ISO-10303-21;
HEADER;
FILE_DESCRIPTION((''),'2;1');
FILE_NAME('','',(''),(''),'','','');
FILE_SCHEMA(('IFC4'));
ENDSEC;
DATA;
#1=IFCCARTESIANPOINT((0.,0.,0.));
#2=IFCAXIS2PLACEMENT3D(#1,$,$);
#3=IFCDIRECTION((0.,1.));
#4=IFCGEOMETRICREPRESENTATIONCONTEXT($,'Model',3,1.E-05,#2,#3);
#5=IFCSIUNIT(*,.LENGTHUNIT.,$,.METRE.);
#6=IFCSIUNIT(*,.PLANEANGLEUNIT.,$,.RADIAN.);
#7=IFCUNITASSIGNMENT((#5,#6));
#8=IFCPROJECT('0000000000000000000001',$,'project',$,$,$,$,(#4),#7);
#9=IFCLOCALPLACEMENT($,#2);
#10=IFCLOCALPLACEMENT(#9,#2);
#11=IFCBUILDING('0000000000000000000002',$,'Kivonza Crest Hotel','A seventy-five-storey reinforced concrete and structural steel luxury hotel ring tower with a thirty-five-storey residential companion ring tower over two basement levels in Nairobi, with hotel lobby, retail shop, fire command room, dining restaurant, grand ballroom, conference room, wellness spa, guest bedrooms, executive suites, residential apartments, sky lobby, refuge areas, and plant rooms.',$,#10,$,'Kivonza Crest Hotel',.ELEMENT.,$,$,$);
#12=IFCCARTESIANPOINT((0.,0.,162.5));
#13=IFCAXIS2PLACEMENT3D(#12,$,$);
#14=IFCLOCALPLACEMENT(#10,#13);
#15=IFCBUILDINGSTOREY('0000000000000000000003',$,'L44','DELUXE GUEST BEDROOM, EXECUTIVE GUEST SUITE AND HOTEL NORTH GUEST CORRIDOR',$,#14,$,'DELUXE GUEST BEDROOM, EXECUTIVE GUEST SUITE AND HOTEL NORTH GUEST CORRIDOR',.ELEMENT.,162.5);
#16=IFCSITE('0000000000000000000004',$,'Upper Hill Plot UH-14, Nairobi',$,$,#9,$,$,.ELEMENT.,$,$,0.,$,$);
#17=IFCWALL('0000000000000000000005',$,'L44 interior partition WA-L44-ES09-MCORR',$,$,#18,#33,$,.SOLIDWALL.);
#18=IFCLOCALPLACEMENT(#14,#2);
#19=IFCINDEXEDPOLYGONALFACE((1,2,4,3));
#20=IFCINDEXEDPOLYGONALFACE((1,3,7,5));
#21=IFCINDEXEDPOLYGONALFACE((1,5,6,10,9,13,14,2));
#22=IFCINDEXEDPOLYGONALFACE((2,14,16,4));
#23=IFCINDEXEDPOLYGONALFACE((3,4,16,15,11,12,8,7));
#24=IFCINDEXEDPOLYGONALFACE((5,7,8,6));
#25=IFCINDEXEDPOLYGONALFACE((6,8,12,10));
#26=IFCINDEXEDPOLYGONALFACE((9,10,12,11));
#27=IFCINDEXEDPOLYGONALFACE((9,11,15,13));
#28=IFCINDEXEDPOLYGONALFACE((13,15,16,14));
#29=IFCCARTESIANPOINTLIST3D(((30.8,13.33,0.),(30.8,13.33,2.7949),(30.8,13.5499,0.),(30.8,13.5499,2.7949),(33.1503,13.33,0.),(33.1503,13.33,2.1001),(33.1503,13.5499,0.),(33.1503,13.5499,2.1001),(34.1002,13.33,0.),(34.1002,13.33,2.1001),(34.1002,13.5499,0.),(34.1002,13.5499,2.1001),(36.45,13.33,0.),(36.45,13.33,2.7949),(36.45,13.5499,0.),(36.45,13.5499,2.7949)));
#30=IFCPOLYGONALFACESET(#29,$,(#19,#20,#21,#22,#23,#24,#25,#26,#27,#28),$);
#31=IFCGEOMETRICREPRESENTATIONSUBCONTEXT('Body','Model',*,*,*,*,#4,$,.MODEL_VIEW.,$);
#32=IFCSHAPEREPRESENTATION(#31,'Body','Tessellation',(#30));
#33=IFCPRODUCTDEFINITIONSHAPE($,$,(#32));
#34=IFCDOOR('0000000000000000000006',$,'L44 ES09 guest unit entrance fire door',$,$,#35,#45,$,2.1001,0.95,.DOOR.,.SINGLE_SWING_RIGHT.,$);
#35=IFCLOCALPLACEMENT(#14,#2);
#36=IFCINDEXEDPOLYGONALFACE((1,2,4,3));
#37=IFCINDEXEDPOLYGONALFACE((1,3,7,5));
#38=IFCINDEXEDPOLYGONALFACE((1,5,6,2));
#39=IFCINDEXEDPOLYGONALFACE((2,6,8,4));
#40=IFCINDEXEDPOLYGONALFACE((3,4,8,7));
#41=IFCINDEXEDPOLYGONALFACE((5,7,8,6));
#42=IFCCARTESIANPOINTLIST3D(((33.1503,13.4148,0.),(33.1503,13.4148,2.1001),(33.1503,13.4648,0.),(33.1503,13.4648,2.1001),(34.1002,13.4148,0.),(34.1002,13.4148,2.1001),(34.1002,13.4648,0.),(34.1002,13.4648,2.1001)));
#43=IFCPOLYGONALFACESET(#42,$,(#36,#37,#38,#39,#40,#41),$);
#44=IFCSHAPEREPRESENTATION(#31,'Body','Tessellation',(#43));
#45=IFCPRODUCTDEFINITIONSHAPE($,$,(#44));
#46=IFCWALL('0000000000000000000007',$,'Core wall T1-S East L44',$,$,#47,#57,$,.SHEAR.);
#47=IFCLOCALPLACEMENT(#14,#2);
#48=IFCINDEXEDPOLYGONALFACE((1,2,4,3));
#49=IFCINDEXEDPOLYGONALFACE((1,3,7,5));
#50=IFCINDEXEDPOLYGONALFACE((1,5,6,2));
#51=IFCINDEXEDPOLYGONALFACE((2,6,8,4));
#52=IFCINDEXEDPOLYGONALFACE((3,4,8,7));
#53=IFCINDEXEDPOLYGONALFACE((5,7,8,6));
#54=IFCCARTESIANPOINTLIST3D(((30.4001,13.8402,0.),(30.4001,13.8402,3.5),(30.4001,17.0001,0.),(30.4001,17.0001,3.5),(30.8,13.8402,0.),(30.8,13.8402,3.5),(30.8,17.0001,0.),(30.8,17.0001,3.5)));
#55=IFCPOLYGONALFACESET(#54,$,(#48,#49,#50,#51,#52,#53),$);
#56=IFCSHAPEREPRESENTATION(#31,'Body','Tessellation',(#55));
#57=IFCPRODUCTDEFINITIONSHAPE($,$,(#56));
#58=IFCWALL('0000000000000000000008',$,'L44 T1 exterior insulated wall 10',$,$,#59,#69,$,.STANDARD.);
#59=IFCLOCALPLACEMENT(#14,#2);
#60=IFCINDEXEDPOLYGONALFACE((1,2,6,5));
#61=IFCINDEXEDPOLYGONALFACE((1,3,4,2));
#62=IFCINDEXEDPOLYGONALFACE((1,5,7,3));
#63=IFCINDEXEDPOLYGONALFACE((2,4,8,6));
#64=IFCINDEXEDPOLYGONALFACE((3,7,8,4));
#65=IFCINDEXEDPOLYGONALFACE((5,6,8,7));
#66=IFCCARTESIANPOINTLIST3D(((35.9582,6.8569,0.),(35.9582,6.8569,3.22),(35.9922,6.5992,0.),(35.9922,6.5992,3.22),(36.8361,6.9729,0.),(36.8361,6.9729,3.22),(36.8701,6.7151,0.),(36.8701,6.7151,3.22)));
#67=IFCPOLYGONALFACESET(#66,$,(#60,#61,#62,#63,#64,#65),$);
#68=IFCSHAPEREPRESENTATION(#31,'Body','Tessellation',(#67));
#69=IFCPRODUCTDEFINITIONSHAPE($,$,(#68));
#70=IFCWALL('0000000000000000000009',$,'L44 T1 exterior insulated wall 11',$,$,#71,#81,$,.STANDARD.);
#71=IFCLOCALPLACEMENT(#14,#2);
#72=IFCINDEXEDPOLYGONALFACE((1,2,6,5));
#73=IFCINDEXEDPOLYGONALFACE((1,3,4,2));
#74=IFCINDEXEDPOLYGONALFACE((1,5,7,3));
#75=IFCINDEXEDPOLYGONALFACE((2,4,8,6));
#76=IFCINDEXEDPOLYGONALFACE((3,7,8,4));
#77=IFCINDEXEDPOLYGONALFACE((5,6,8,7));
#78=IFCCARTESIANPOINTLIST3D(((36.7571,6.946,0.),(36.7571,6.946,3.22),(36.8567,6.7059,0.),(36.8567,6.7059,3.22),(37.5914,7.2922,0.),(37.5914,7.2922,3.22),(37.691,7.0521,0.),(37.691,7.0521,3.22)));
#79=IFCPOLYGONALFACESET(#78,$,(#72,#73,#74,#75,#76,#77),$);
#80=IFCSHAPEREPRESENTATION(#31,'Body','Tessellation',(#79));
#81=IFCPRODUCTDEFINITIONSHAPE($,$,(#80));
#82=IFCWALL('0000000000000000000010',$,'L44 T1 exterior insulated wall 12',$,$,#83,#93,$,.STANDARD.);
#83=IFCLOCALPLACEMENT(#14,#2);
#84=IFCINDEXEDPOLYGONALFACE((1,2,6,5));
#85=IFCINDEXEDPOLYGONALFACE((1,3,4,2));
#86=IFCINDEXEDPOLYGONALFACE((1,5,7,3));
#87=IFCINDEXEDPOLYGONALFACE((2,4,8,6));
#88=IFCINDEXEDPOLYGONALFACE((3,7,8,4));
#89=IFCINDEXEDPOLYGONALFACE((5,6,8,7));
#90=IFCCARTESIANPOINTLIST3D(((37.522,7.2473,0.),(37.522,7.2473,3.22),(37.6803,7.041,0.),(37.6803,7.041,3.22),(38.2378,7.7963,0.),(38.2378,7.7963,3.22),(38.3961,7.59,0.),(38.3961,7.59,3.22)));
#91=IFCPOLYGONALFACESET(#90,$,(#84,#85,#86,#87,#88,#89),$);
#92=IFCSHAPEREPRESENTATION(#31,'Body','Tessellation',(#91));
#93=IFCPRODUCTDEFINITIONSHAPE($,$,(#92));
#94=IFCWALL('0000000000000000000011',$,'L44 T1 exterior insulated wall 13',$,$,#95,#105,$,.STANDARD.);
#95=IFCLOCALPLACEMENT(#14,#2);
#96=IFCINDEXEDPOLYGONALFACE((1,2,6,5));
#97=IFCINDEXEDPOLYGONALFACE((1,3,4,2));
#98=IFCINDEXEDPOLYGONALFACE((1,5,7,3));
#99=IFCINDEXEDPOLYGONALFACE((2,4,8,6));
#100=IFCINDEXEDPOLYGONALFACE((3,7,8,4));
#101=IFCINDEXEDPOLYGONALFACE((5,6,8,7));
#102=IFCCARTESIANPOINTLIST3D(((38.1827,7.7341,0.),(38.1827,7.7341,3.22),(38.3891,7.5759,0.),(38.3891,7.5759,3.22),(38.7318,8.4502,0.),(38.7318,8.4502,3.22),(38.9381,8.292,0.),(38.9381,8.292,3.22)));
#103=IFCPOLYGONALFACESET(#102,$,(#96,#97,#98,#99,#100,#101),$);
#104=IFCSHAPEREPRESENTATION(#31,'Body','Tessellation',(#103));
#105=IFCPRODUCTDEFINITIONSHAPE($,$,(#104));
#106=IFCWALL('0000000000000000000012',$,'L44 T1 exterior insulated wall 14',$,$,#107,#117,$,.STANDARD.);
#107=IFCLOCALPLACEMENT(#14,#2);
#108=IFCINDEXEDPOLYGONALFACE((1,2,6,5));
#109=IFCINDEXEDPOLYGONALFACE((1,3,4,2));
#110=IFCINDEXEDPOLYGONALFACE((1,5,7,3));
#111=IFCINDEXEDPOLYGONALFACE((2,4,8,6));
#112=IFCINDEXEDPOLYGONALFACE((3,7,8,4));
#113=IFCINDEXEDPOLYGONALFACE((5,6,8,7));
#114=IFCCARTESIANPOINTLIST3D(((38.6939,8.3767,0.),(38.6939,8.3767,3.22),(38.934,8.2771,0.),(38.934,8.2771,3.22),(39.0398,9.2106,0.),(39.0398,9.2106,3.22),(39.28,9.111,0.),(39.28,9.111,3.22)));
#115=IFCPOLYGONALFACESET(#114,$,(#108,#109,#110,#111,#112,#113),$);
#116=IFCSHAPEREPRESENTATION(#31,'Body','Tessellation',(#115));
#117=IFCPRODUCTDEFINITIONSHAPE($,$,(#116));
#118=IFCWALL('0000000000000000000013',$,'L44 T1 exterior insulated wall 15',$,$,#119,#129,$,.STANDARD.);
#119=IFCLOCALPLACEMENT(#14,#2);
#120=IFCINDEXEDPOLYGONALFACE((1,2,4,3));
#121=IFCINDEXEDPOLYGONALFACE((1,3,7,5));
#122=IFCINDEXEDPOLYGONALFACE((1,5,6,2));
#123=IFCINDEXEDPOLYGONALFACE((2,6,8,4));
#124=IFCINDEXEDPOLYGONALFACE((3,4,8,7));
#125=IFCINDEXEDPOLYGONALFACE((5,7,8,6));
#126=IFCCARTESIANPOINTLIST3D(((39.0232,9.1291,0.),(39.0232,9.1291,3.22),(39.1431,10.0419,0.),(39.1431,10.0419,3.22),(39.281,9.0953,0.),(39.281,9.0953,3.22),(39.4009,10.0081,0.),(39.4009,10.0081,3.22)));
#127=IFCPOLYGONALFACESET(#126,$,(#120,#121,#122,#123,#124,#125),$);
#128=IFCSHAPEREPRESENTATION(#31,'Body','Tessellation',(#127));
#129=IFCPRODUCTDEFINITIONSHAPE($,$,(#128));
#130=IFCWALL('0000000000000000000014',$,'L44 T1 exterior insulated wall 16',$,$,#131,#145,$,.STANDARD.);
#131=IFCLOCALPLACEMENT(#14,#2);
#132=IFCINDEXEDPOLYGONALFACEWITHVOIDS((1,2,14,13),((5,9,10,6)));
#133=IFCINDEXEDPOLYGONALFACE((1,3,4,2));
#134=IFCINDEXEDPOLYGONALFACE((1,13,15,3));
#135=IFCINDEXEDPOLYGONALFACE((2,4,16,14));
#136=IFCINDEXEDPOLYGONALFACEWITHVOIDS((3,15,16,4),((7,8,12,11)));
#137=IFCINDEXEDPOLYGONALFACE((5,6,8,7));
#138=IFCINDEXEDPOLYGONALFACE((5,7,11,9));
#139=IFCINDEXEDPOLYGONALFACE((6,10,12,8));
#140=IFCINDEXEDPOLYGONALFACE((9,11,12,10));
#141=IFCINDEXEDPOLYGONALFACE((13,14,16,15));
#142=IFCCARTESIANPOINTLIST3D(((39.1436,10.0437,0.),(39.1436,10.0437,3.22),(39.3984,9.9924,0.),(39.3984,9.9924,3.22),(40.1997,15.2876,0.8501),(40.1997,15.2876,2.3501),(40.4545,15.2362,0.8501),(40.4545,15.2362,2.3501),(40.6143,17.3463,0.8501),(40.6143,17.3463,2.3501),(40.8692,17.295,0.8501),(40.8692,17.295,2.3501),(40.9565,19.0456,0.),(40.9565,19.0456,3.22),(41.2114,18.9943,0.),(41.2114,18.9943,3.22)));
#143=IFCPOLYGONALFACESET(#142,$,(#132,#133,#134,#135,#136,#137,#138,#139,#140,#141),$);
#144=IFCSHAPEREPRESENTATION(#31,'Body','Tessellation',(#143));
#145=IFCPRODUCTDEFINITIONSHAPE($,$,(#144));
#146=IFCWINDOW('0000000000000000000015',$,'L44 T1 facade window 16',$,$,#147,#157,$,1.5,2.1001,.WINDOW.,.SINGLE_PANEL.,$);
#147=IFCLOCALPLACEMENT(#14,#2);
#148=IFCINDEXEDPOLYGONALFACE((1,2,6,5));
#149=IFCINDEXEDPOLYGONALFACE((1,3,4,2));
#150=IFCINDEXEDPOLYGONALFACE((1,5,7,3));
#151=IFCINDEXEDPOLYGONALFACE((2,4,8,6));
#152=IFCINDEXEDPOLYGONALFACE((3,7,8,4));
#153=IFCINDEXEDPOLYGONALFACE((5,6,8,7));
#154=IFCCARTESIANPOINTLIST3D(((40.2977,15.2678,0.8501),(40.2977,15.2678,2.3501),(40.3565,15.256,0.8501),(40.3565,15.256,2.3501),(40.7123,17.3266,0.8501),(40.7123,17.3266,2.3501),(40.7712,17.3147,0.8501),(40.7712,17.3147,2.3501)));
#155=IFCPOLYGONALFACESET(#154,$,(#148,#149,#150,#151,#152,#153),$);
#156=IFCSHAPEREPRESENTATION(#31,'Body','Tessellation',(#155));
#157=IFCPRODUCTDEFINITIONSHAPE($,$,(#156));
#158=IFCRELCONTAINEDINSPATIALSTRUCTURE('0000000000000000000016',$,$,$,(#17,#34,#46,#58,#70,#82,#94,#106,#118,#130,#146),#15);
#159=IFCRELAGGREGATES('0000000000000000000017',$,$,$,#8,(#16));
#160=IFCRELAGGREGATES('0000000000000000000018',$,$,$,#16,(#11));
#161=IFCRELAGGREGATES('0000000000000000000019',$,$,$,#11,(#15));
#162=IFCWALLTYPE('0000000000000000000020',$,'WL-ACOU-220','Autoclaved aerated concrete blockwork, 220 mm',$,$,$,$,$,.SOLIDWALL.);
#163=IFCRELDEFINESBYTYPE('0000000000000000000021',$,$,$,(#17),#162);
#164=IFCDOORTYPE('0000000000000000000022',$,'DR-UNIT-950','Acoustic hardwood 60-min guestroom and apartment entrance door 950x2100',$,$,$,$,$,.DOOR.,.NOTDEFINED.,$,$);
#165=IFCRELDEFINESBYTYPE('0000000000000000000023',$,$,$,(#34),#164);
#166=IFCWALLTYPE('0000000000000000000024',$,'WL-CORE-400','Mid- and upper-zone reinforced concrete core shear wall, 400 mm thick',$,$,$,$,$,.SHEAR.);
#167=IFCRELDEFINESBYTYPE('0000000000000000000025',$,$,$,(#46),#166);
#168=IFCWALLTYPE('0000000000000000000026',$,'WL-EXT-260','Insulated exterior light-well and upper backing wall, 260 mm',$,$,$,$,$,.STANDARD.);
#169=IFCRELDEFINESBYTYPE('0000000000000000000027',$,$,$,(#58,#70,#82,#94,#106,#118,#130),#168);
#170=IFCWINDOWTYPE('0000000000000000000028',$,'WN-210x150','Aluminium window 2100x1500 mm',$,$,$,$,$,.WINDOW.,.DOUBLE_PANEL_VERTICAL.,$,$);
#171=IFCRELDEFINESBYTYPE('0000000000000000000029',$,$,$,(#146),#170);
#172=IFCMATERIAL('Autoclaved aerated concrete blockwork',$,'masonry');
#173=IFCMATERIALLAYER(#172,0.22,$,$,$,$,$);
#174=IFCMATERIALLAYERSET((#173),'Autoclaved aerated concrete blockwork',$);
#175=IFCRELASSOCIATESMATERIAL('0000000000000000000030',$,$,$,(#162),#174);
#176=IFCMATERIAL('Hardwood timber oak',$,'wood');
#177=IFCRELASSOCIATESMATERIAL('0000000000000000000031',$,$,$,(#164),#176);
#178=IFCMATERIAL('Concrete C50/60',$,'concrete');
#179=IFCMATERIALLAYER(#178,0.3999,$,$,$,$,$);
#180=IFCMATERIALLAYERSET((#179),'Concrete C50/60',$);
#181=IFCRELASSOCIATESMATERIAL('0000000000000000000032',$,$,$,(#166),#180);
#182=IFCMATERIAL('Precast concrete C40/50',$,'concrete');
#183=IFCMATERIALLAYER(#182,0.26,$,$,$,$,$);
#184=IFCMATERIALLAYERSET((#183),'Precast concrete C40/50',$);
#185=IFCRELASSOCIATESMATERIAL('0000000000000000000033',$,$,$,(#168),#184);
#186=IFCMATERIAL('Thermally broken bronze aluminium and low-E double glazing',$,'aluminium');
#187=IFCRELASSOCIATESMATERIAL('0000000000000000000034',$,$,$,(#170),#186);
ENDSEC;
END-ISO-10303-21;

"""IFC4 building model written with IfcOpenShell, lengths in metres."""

from ifc_helpers import new_model, si_unit, direction, frame, frame_2d, origin, place, context, subcontext, project, spatial, rectangle, extrude, material, layer, layer_set, type_object, element, fill, save


model = new_model("IFC4")

# Units and contexts
model_context = context("Model", 3, precision=1e-05, world=origin(), true_north=direction((0.0, 1.0)))
body_context = subcontext(model_context, "Body", "Model", "MODEL_VIEW")
ifc_project = project(units=[si_unit("LENGTHUNIT", "METRE"), si_unit("PLANEANGLEUNIT", "RADIAN")], contexts=[model_context])

# Site, building, storey
site_placement = place(None, origin())
site = spatial("IfcSite", under=ifc_project, at=site_placement, Name="Upper Hill Plot UH-14, Nairobi", CompositionType="ELEMENT", RefElevation=0.0)
building_placement = place(site_placement, origin())
building = spatial("IfcBuilding", under=site, at=building_placement, Name="Kivonza Crest Hotel", Description="A seventy-five-storey reinforced concrete and structural steel luxury hotel ring tower with a thirty-five-storey residential companion ring tower over two basement levels in Nairobi, with hotel lobby, retail shop, fire command room, dining restaurant, grand ballroom, conference room, wellness spa, guest bedrooms, executive suites, residential apartments, sky lobby, refuge areas, and plant rooms.", LongName="Kivonza Crest Hotel", CompositionType="ELEMENT")
storey_placement = place(building_placement, frame((0.0, 0.0, 162.5)))
storey = spatial("IfcBuildingStorey", under=building, at=storey_placement, Name="L44", Description="DELUXE GUEST BEDROOM, EXECUTIVE GUEST SUITE AND HOTEL NORTH GUEST CORRIDOR", LongName="DELUXE GUEST BEDROOM, EXECUTIVE GUEST SUITE AND HOTEL NORTH GUEST CORRIDOR", CompositionType="ELEMENT", Elevation=162.5)

# Shared definitions
ifc_material_1 = material(Name="Concrete C50/60", Category="concrete")

# Shared definitions
ifc_material_2 = material(Name="Autoclaved aerated concrete blockwork", Category="masonry")
ifc_layer_1 = layer(ifc_material_2, 0.22)
ifc_layer_set_1 = layer_set([ifc_layer_1], Name="Autoclaved aerated concrete blockwork")
wall_type_1 = type_object("IfcWallType", Name="WL-ACOU-220", Description="Autoclaved aerated concrete blockwork, 220 mm", PredefinedType="SOLIDWALL", material=ifc_layer_set_1)
ifc_material_3 = material(Name="Hardwood timber oak", Category="wood")

# Wall, opening, door
wall_1_placement = place(storey_placement, frame((30.8, 13.4399, 0.0), z_axis=(0.0, 0.0, 1.0), x_axis=(1.0, 0.0, 0.0)))
wall_1 = element("IfcWall", 1, at=wall_1_placement, inside=storey, type_object=wall_type_1, Name="L44 interior partition WA-L44-ES09-MCORR", PredefinedType="SOLIDWALL", context=body_context, shape_type="SweptSolid", body=[
    extrude(rectangle(XDim=5.6499, YDim=0.22, at=frame_2d((2.825, 0.0))), origin(), (0.0, 0.0, 1.0), 2.7949),
])
opening_1_placement = place(wall_1_placement, frame((2.3501, 0.0, 0.0)))
opening_1 = element("IfcOpeningElement", 2, at=opening_1_placement, cuts=wall_1, PredefinedType="OPENING", context=body_context, shape_type="SweptSolid", body=[
    extrude(rectangle(XDim=0.95, YDim=2.1001, at=frame_2d((0.4751, 1.05))), frame((0.0, 0.1201, 0.0), z_axis=(0.0, -1.0, 0.0), x_axis=(1.0, 0.0, 0.0)), (0.0, 0.0, 1.0), 0.24),
])
door_type_1 = type_object("IfcDoorType", Name="DR-UNIT-950", Description="Acoustic hardwood 60-min guestroom and apartment entrance door 950x2100", OperationType="NOTDEFINED", PredefinedType="DOOR", material=ifc_material_3)
door_1_placement = place(opening_1_placement, origin())
door_1 = element("IfcDoor", 3, at=door_1_placement, inside=storey, type_object=door_type_1, Name="L44 ES09 guest unit entrance fire door", OperationType="SINGLE_SWING_RIGHT", OverallHeight=2.1001, OverallWidth=0.95, PredefinedType="DOOR", context=body_context, shape_type="SweptSolid", body=[
    extrude(rectangle(XDim=0.95, YDim=2.1001, at=frame_2d((0.4751, 1.05))), frame((0.0, 0.0249, 0.0), z_axis=(0.0, -1.0, 0.0), x_axis=(1.0, 0.0, 0.0)), (0.0, 0.0, 1.0), 0.05),
])
fill(opening_1, door_1)

# Walls
ifc_layer_2 = layer(ifc_material_1, 0.3999)
ifc_layer_set_2 = layer_set([ifc_layer_2], Name="Concrete C50/60")
wall_type_2 = type_object("IfcWallType", Name="WL-CORE-400", Description="Mid- and upper-zone reinforced concrete core shear wall, 400 mm thick", PredefinedType="SHEAR", material=ifc_layer_set_2)
wall_2_placement = place(storey_placement, frame((30.6001, 13.8401, 0.0), z_axis=(0.0, 0.0, 1.0), x_axis=(0.0, 1.0, 0.0)))
element("IfcWall", 4, at=wall_2_placement, inside=storey, type_object=wall_type_2, Name="Core wall T1-S East L44", PredefinedType="SHEAR", context=body_context, shape_type="SweptSolid", body=[
    extrude(rectangle(XDim=3.1599, YDim=0.3999, at=frame_2d((1.5801, 0.0))), origin(), (0.0, 0.0, 1.0), 3.5),
])
ifc_material_4 = material(Name="Precast concrete C40/50", Category="concrete")
ifc_layer_3 = layer(ifc_material_4, 0.26)
ifc_layer_set_3 = layer_set([ifc_layer_3], Name="Precast concrete C40/50")
wall_type_3 = type_object("IfcWallType", Name="WL-EXT-260", Description="Insulated exterior light-well and upper backing wall, 260 mm", PredefinedType="STANDARD", material=ifc_layer_set_3)
wall_3_placement = place(storey_placement, frame((35.9751, 6.728, 0.0), z_axis=(0.0, 0.0, 1.0), x_axis=(0.991388, 0.130954, 0.0)))
element("IfcWall", 5, at=wall_3_placement, inside=storey, type_object=wall_type_3, Name="L44 T1 exterior insulated wall 10", PredefinedType="STANDARD", context=body_context, shape_type="SweptSolid", body=[
    extrude(rectangle(XDim=0.8855, YDim=0.26, at=frame_2d((0.4429, 0.0))), origin(), (0.0, 0.0, 1.0), 3.22),
])
wall_4_placement = place(storey_placement, frame((36.8069, 6.8259, 0.0), z_axis=(0.0, 0.0, 1.0), x_axis=(0.923628, 0.383291, 0.0)))
element("IfcWall", 6, at=wall_4_placement, inside=storey, type_object=wall_type_3, Name="L44 T1 exterior insulated wall 11", PredefinedType="STANDARD", context=body_context, shape_type="SweptSolid", body=[
    extrude(rectangle(XDim=0.9033, YDim=0.26, at=frame_2d((0.4517, 0.0))), origin(), (0.0, 0.0, 1.0), 3.22),
])
wall_5_placement = place(storey_placement, frame((37.6011, 7.144, 0.0), z_axis=(0.0, 0.0, 1.0), x_axis=(0.793458, 0.608625, 0.0)))
element("IfcWall", 7, at=wall_5_placement, inside=storey, type_object=wall_type_3, Name="L44 T1 exterior insulated wall 12", PredefinedType="STANDARD", context=body_context, shape_type="SweptSolid", body=[
    extrude(rectangle(XDim=0.9021, YDim=0.26, at=frame_2d((0.4512, 0.0))), origin(), (0.0, 0.0, 1.0), 3.22),
])
wall_6_placement = place(storey_placement, frame((38.2859, 7.655, 0.0), z_axis=(0.0, 0.0, 1.0), x_axis=(0.608494, 0.793558, 0.0)))
element("IfcWall", 8, at=wall_6_placement, inside=storey, type_object=wall_type_3, Name="L44 T1 exterior insulated wall 13", PredefinedType="STANDARD", context=body_context, shape_type="SweptSolid", body=[
    extrude(rectangle(XDim=0.9023, YDim=0.26, at=frame_2d((0.4512, 0.0))), origin(), (0.0, 0.0, 1.0), 3.22),
])
wall_7_placement = place(storey_placement, frame((38.814, 8.3269, 0.0), z_axis=(0.0, 0.0, 1.0), x_axis=(0.383156, 0.923684, 0.0)))
element("IfcWall", 9, at=wall_7_placement, inside=storey, type_object=wall_type_3, Name="L44 T1 exterior insulated wall 14", PredefinedType="STANDARD", context=body_context, shape_type="SweptSolid", body=[
    extrude(rectangle(XDim=0.9028, YDim=0.26, at=frame_2d((0.4514, 0.0))), origin(), (0.0, 0.0, 1.0), 3.22),
])
wall_8_placement = place(storey_placement, frame((39.1521, 9.1121, 0.0), z_axis=(0.0, 0.0, 1.0), x_axis=(0.130201, 0.991488, 0.0)))
element("IfcWall", 10, at=wall_8_placement, inside=storey, type_object=wall_type_3, Name="L44 T1 exterior insulated wall 15", PredefinedType="STANDARD", context=body_context, shape_type="SweptSolid", body=[
    extrude(rectangle(XDim=0.9207, YDim=0.26, at=frame_2d((0.4604, 0.0))), origin(), (0.0, 0.0, 1.0), 3.22),
])

# Wall, opening, window
wall_9_placement = place(storey_placement, frame((39.271, 10.0181, 0.0), z_axis=(0.0, 0.0, 1.0), x_axis=(0.197435, 0.980316, 0.0)))
wall_9 = element("IfcWall", 11, at=wall_9_placement, inside=storey, type_object=wall_type_3, Name="L44 T1 exterior insulated wall 16", PredefinedType="STANDARD", context=body_context, shape_type="SweptSolid", body=[
    extrude(rectangle(XDim=9.1826, YDim=0.26, at=frame_2d((4.5913, 0.0))), origin(), (0.0, 0.0, 1.0), 3.22),
])
opening_2_placement = place(wall_9_placement, frame((5.3491, 0.0, 0.8501)))
opening_2 = element("IfcOpeningElement", 12, at=opening_2_placement, cuts=wall_9, PredefinedType="OPENING", context=body_context, shape_type="SweptSolid", body=[
    extrude(rectangle(XDim=2.1001, YDim=1.5, at=frame_2d((1.05, 0.75))), frame((0.0, 0.1401, 0.0), z_axis=(0.0, -1.0, 0.0), x_axis=(1.0, 0.0, 0.0)), (0.0, 0.0, 1.0), 0.28),
])
ifc_material_5 = material(Name="Thermally broken bronze aluminium and low-E double glazing", Category="aluminium")
window_type = type_object("IfcWindowType", Name="WN-210x150", Description="Aluminium window 2100x1500 mm", PartitioningType="DOUBLE_PANEL_VERTICAL", PredefinedType="WINDOW", material=ifc_material_5)
window_placement = place(opening_2_placement, origin())
window = element("IfcWindow", 13, at=window_placement, inside=storey, type_object=window_type, Name="L44 T1 facade window 16", OverallHeight=1.5, OverallWidth=2.1001, PartitioningType="SINGLE_PANEL", PredefinedType="WINDOW", context=body_context, shape_type="SweptSolid", body=[
    extrude(rectangle(XDim=2.1001, YDim=1.5, at=frame_2d((1.05, 0.75))), frame((0.0, 0.03, 0.0), z_axis=(0.0, -1.0, 0.0), x_axis=(1.0, 0.0, 0.0)), (0.0, 0.0, 1.0), 0.0601),
])
fill(opening_2, window)

save(model, "model.ifc")
